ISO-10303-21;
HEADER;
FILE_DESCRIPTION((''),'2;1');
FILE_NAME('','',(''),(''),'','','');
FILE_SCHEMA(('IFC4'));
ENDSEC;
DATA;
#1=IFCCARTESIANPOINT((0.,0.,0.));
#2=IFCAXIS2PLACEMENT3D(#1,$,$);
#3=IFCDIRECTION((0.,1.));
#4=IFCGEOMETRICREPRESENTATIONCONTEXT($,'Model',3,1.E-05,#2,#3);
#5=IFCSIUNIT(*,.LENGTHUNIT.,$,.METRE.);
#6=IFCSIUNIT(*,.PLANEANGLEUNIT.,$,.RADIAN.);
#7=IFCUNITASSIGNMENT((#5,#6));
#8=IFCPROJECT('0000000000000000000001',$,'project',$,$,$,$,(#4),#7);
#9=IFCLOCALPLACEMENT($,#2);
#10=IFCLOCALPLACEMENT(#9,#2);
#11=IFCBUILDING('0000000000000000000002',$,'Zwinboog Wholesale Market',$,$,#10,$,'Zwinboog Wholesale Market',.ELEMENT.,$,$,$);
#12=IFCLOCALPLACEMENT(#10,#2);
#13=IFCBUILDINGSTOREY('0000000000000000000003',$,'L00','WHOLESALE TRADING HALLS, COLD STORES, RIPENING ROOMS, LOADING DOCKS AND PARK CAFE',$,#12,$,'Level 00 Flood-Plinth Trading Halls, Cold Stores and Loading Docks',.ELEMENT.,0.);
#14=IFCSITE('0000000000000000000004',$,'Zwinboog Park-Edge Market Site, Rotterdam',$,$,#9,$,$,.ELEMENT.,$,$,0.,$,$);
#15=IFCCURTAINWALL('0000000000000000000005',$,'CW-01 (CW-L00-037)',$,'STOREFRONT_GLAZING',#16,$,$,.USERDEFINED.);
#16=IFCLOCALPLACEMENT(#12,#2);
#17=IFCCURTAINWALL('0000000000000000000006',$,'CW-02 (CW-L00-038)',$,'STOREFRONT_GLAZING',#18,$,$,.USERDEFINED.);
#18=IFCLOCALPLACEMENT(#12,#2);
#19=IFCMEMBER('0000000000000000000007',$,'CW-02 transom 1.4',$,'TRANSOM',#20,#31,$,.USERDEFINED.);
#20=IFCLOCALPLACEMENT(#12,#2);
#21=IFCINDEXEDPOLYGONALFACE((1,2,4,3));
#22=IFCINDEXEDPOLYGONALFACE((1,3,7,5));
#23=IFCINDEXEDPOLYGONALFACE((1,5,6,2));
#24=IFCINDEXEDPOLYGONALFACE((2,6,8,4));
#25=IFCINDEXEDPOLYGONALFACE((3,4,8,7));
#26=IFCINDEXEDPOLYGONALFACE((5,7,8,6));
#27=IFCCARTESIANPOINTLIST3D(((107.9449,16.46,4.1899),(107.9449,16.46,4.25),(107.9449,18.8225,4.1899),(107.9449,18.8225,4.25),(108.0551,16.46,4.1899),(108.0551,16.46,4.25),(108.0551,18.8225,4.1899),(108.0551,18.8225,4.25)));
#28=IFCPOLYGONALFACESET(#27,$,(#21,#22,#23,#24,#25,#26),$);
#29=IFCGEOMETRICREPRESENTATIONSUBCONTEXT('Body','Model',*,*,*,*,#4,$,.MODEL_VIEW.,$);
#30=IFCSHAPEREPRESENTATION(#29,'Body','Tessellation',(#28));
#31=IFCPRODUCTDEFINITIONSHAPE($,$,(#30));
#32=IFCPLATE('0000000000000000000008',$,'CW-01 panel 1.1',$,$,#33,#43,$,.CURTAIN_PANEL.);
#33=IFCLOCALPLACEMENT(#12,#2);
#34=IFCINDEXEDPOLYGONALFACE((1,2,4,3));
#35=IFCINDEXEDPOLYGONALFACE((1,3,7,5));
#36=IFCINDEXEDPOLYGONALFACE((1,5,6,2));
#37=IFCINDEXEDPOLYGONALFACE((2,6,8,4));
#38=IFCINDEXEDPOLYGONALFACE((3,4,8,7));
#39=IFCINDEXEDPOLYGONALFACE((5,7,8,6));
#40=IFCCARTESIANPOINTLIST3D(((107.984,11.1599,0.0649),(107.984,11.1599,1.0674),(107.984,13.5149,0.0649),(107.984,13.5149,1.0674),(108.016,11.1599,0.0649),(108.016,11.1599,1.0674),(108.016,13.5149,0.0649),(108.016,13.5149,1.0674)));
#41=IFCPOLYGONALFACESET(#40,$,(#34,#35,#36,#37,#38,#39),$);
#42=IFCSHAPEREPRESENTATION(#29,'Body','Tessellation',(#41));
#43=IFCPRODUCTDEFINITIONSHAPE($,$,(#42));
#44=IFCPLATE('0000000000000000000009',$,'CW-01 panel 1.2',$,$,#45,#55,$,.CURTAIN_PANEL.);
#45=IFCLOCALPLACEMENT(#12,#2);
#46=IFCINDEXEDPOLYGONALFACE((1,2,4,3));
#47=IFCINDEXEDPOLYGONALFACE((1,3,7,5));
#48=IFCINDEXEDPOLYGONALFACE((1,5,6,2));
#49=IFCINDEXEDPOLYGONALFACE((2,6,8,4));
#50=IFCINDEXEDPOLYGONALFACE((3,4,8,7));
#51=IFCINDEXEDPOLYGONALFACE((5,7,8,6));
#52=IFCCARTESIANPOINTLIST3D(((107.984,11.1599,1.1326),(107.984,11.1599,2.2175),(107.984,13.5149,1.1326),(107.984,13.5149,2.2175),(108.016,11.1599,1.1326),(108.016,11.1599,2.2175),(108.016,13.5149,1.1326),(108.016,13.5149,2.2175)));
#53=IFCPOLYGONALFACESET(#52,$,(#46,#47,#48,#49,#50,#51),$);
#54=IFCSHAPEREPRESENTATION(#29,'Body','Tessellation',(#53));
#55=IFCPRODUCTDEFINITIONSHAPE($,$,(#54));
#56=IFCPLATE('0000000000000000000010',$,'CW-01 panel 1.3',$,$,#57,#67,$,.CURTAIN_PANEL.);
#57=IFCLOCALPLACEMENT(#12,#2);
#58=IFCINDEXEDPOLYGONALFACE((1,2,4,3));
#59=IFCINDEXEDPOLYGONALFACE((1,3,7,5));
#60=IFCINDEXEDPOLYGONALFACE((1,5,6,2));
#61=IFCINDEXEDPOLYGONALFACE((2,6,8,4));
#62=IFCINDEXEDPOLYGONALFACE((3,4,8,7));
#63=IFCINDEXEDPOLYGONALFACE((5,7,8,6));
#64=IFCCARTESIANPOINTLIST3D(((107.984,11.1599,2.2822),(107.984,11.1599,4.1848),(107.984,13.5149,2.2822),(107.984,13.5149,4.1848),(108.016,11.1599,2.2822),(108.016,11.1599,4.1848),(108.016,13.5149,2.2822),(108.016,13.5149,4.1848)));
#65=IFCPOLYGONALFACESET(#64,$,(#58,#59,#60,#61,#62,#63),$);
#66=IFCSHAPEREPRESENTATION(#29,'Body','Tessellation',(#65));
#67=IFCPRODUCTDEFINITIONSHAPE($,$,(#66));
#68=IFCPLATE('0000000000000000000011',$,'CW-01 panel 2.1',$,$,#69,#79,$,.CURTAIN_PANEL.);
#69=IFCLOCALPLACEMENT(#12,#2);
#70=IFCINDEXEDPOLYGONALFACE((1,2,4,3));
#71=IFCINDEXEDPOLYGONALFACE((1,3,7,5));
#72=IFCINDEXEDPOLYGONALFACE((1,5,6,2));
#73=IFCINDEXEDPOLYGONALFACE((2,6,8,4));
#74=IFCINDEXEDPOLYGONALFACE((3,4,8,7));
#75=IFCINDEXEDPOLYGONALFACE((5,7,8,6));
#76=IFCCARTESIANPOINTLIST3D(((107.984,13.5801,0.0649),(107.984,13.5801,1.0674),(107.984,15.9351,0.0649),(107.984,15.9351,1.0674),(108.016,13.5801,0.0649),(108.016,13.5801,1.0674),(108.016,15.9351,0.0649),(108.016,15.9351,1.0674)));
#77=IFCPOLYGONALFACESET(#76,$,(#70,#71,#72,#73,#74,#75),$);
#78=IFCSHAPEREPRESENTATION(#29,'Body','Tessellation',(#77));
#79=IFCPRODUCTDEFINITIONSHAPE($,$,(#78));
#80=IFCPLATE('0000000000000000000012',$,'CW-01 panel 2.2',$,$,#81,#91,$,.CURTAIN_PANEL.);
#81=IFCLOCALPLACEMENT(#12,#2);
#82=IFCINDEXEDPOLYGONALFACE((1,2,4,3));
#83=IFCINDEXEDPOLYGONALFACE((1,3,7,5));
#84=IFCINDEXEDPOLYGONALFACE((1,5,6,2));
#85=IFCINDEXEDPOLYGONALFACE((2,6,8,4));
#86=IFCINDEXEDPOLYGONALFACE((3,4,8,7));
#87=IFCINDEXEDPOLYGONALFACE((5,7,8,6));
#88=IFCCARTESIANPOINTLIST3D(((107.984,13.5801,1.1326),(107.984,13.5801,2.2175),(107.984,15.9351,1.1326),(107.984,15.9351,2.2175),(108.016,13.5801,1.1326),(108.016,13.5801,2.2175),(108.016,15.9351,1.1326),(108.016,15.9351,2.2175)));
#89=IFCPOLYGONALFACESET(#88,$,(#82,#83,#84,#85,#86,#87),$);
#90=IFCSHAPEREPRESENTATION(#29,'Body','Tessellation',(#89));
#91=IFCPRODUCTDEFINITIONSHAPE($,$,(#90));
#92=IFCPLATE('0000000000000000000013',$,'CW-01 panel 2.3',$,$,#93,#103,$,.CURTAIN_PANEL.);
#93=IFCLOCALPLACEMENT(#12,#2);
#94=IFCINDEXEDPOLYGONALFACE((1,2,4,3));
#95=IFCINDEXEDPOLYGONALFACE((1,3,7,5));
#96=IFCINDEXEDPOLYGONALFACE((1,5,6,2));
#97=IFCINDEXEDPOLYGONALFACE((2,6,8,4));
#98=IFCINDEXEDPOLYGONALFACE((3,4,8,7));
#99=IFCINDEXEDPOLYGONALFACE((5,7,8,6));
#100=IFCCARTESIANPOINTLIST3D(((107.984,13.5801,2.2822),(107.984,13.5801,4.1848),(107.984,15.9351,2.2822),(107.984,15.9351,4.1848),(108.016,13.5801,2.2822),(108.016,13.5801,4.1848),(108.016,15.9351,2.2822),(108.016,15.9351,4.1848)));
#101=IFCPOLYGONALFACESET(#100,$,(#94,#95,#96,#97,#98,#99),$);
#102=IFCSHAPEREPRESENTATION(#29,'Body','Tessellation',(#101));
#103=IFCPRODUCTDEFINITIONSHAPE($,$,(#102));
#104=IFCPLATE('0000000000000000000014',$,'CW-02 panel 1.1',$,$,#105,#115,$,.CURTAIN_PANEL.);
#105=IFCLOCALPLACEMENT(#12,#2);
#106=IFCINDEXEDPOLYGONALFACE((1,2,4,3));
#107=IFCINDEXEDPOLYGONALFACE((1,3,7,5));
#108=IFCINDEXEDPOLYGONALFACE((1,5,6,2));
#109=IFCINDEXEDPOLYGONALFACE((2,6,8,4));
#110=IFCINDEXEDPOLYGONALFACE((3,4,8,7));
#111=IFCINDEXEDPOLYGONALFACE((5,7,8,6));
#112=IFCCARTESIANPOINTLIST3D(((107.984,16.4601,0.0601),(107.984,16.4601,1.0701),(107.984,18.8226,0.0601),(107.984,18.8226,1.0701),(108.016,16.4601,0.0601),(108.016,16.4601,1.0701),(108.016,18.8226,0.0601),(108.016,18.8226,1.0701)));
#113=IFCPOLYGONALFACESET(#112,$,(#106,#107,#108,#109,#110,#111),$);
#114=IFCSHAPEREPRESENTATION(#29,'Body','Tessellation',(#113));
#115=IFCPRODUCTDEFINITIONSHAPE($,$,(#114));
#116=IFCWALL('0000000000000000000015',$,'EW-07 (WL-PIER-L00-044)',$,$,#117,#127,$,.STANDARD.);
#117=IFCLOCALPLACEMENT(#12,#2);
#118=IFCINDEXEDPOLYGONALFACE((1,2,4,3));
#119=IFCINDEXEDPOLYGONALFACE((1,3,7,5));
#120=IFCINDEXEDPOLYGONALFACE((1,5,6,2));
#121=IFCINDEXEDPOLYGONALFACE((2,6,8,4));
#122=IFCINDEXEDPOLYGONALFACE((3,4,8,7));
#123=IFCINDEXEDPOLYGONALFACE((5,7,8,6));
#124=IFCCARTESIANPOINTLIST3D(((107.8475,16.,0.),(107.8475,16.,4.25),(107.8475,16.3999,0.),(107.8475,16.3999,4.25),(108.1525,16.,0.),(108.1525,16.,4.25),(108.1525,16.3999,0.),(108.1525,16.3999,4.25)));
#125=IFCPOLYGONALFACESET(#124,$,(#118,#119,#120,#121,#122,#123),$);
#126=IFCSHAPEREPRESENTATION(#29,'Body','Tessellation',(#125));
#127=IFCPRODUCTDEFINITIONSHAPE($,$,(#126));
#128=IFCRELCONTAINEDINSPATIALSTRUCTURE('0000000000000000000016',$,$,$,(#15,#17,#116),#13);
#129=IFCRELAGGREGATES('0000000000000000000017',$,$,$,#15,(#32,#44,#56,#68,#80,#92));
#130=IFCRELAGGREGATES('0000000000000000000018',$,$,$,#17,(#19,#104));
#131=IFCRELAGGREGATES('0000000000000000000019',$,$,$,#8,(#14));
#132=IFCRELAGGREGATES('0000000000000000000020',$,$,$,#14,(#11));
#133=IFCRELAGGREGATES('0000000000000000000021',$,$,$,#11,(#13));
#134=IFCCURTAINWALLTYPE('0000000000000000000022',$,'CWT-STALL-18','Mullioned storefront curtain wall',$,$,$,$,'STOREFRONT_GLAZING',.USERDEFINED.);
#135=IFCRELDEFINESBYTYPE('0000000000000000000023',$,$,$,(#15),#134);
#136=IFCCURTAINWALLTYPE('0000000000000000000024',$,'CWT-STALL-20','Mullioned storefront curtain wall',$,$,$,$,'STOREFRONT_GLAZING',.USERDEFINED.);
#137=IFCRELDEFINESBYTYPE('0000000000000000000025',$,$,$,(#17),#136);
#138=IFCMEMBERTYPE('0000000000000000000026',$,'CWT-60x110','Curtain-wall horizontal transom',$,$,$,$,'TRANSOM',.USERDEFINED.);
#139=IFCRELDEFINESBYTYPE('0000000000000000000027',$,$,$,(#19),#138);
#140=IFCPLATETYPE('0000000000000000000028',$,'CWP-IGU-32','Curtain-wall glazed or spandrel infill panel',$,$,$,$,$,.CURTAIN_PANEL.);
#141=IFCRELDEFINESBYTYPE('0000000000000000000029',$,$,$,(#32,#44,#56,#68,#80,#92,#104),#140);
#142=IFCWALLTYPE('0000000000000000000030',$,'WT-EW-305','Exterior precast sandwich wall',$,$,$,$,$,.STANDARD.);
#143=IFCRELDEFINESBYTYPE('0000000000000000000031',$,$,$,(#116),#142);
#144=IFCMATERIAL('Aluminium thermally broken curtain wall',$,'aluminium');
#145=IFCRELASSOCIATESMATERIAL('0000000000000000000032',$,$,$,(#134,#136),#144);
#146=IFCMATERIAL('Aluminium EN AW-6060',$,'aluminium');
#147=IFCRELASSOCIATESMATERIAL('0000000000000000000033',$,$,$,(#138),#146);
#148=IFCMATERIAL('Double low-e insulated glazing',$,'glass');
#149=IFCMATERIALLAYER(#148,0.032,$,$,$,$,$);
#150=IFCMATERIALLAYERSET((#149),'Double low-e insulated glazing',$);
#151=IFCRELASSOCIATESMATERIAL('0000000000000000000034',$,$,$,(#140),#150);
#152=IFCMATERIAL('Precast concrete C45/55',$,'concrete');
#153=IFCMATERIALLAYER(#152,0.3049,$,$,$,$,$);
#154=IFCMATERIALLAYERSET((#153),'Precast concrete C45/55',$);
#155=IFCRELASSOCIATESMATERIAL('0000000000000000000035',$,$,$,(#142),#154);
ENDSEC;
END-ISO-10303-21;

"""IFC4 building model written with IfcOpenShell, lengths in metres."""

from ifc_helpers import new_model, si_unit, direction, frame, frame_2d, origin, origin_2d, place, context, subcontext, project, spatial, rectangle, extrude, material, layer, layer_set, material_profile, profile_set, type_object, element, aggregate, save


model = new_model("IFC4")

# Units and contexts
model_context = context("Model", 3, precision=1e-05, world=origin(), true_north=direction((0.0, 1.0)))
body_context = subcontext(model_context, "Body", "Model", "MODEL_VIEW")
ifc_project = project(units=[si_unit("LENGTHUNIT", "METRE"), si_unit("PLANEANGLEUNIT", "RADIAN")], contexts=[model_context])

# Site, building, storey
site_placement = place(None, origin())
site = spatial("IfcSite", under=ifc_project, at=site_placement, Name="Zwinboog Park-Edge Market Site, Rotterdam", CompositionType="ELEMENT", RefElevation=0.0)
building_placement = place(site_placement, origin())
building = spatial("IfcBuilding", under=site, at=building_placement, Name="Zwinboog Wholesale Market", LongName="Zwinboog Wholesale Market", CompositionType="ELEMENT")
storey_placement = place(building_placement, origin())
storey = spatial("IfcBuildingStorey", under=building, at=storey_placement, Name="L00", Description="WHOLESALE TRADING HALLS, COLD STORES, RIPENING ROOMS, LOADING DOCKS AND PARK CAFE", LongName="Level 00 Flood-Plinth Trading Halls, Cold Stores and Loading Docks", CompositionType="ELEMENT", Elevation=0.0)

# Curtain wall
ifc_material_1 = material(Name="Aluminium thermally broken curtain wall", Category="aluminium")
curtain_wall_type_1 = type_object("IfcCurtainWallType", Name="CWT-STALL-18", Description="Mullioned storefront curtain wall", ElementType="STOREFRONT_GLAZING", PredefinedType="USERDEFINED", material=ifc_material_1)
curtain_wall_1_placement = place(storey_placement, origin())
curtain_wall_1 = element("IfcCurtainWall", 1, at=curtain_wall_1_placement, inside=storey, type_object=curtain_wall_type_1, Name="CW-01 (CW-L00-037)", ObjectType="STOREFRONT_GLAZING", PredefinedType="USERDEFINED")
ifc_material_2 = material(Name="Aluminium EN AW-6060", Category="aluminium")

# Curtain wall
curtain_wall_type_2 = type_object("IfcCurtainWallType", Name="CWT-STALL-20", Description="Mullioned storefront curtain wall", ElementType="STOREFRONT_GLAZING", PredefinedType="USERDEFINED", material=ifc_material_1)
curtain_wall_2_placement = place(storey_placement, origin())
curtain_wall_2 = element("IfcCurtainWall", 2, at=curtain_wall_2_placement, inside=storey, type_object=curtain_wall_type_2, Name="CW-02 (CW-L00-038)", ObjectType="STOREFRONT_GLAZING", PredefinedType="USERDEFINED")

# Member
ifc_material_profile_1 = material_profile(ifc_material_2, rectangle(XDim=0.1101, YDim=0.0601, at=origin_2d()), Name="AL 60x110")
ifc_profile_set_1 = profile_set([ifc_material_profile_1], Name="Aluminium EN AW-6060")
member_type_1 = type_object("IfcMemberType", Name="CWT-60x110", Description="Curtain-wall horizontal transom", ElementType="TRANSOM", PredefinedType="USERDEFINED", material=ifc_profile_set_1)
member_1_placement = place(storey_placement, frame((108.0, 16.46, 4.22), z_axis=(0.0, 1.0, 0.0), x_axis=(-1.0, 0.0, 0.0)))
member_1 = element("IfcMember", 3, at=member_1_placement, type_object=member_type_1, Name="CW-02 transom 1.4", ObjectType="TRANSOM", PredefinedType="USERDEFINED", context=body_context, shape_type="SweptSolid", body=[
    extrude(rectangle(XDim=0.1101, YDim=0.0601, at=origin_2d()), origin(), (0.0, 0.0, 1.0), 2.3625),
])

# Plates
ifc_material_3 = material(Name="Double low-e insulated glazing", Category="glass")
ifc_layer_1 = layer(ifc_material_3, 0.032)
ifc_layer_set_1 = layer_set([ifc_layer_1], Name="Double low-e insulated glazing")
plate_type = type_object("IfcPlateType", Name="CWP-IGU-32", Description="Curtain-wall glazed or spandrel infill panel", PredefinedType="CURTAIN_PANEL", material=ifc_layer_set_1)
plate_1_placement = place(storey_placement, frame((108.0, 12.3374, 0.0649), z_axis=(0.0, 0.0, 1.0), x_axis=(0.0, 1.0, 0.0)))
plate_1 = element("IfcPlate", 4, at=plate_1_placement, type_object=plate_type, Name="CW-01 panel 1.1", PredefinedType="CURTAIN_PANEL", context=body_context, shape_type="SweptSolid", body=[
    extrude(rectangle(XDim=2.355, YDim=0.032, at=origin_2d()), origin(), (0.0, 0.0, 1.0), 1.0024),
])
plate_2_placement = place(storey_placement, frame((108.0, 12.3374, 1.1326), z_axis=(0.0, 0.0, 1.0), x_axis=(0.0, 1.0, 0.0)))
plate_2 = element("IfcPlate", 5, at=plate_2_placement, type_object=plate_type, Name="CW-01 panel 1.2", PredefinedType="CURTAIN_PANEL", context=body_context, shape_type="SweptSolid", body=[
    extrude(rectangle(XDim=2.355, YDim=0.032, at=origin_2d()), origin(), (0.0, 0.0, 1.0), 1.085),
])
plate_3_placement = place(storey_placement, frame((108.0, 12.3374, 2.2822), z_axis=(0.0, 0.0, 1.0), x_axis=(0.0, 1.0, 0.0)))
plate_3 = element("IfcPlate", 6, at=plate_3_placement, type_object=plate_type, Name="CW-01 panel 1.3", PredefinedType="CURTAIN_PANEL", context=body_context, shape_type="SweptSolid", body=[
    extrude(rectangle(XDim=2.355, YDim=0.032, at=origin_2d()), origin(), (0.0, 0.0, 1.0), 1.9026),
])
plate_4_placement = place(storey_placement, frame((108.0, 14.7576, 0.0649), z_axis=(0.0, 0.0, 1.0), x_axis=(0.0, 1.0, 0.0)))
plate_4 = element("IfcPlate", 7, at=plate_4_placement, type_object=plate_type, Name="CW-01 panel 2.1", PredefinedType="CURTAIN_PANEL", context=body_context, shape_type="SweptSolid", body=[
    extrude(rectangle(XDim=2.355, YDim=0.032, at=origin_2d()), origin(), (0.0, 0.0, 1.0), 1.0024),
])
plate_5_placement = place(storey_placement, frame((108.0, 14.7576, 1.1326), z_axis=(0.0, 0.0, 1.0), x_axis=(0.0, 1.0, 0.0)))
plate_5 = element("IfcPlate", 8, at=plate_5_placement, type_object=plate_type, Name="CW-01 panel 2.2", PredefinedType="CURTAIN_PANEL", context=body_context, shape_type="SweptSolid", body=[
    extrude(rectangle(XDim=2.355, YDim=0.032, at=origin_2d()), origin(), (0.0, 0.0, 1.0), 1.085),
])
plate_6_placement = place(storey_placement, frame((108.0, 14.7576, 2.2822), z_axis=(0.0, 0.0, 1.0), x_axis=(0.0, 1.0, 0.0)))
plate_6 = element("IfcPlate", 9, at=plate_6_placement, type_object=plate_type, Name="CW-01 panel 2.3", PredefinedType="CURTAIN_PANEL", context=body_context, shape_type="SweptSolid", body=[
    extrude(rectangle(XDim=2.355, YDim=0.032, at=origin_2d()), origin(), (0.0, 0.0, 1.0), 1.9026),
])
aggregate(curtain_wall_1, [plate_1, plate_2, plate_3, plate_4, plate_5, plate_6])
plate_7_placement = place(storey_placement, frame((108.0, 17.6414, 0.0601), z_axis=(0.0, 0.0, 1.0), x_axis=(0.0, 1.0, 0.0)))
plate_7 = element("IfcPlate", 10, at=plate_7_placement, type_object=plate_type, Name="CW-02 panel 1.1", PredefinedType="CURTAIN_PANEL", context=body_context, shape_type="SweptSolid", body=[
    extrude(rectangle(XDim=2.3625, YDim=0.032, at=origin_2d()), origin(), (0.0, 0.0, 1.0), 1.01),
])
aggregate(curtain_wall_2, [member_1, plate_7])

# Wall
ifc_material_4 = material(Name="Precast concrete C45/55", Category="concrete")
ifc_layer_2 = layer(ifc_material_4, 0.3049)
ifc_layer_set_2 = layer_set([ifc_layer_2], Name="Precast concrete C45/55")
wall_type = type_object("IfcWallType", Name="WT-EW-305", Description="Exterior precast sandwich wall", PredefinedType="STANDARD", material=ifc_layer_set_2)
wall_placement = place(storey_placement, frame((108.0, 16.0, 0.0), z_axis=(0.0, 0.0, 1.0), x_axis=(0.0, 1.0, 0.0)))
element("IfcWall", 11, at=wall_placement, inside=storey, type_object=wall_type, Name="EW-07 (WL-PIER-L00-044)", PredefinedType="STANDARD", context=body_context, shape_type="SweptSolid", body=[
    extrude(rectangle(XDim=0.3999, YDim=0.3049, at=frame_2d((0.2, 0.0))), origin(), (0.0, 0.0, 1.0), 4.25),
])

save(model, "model.ifc")
